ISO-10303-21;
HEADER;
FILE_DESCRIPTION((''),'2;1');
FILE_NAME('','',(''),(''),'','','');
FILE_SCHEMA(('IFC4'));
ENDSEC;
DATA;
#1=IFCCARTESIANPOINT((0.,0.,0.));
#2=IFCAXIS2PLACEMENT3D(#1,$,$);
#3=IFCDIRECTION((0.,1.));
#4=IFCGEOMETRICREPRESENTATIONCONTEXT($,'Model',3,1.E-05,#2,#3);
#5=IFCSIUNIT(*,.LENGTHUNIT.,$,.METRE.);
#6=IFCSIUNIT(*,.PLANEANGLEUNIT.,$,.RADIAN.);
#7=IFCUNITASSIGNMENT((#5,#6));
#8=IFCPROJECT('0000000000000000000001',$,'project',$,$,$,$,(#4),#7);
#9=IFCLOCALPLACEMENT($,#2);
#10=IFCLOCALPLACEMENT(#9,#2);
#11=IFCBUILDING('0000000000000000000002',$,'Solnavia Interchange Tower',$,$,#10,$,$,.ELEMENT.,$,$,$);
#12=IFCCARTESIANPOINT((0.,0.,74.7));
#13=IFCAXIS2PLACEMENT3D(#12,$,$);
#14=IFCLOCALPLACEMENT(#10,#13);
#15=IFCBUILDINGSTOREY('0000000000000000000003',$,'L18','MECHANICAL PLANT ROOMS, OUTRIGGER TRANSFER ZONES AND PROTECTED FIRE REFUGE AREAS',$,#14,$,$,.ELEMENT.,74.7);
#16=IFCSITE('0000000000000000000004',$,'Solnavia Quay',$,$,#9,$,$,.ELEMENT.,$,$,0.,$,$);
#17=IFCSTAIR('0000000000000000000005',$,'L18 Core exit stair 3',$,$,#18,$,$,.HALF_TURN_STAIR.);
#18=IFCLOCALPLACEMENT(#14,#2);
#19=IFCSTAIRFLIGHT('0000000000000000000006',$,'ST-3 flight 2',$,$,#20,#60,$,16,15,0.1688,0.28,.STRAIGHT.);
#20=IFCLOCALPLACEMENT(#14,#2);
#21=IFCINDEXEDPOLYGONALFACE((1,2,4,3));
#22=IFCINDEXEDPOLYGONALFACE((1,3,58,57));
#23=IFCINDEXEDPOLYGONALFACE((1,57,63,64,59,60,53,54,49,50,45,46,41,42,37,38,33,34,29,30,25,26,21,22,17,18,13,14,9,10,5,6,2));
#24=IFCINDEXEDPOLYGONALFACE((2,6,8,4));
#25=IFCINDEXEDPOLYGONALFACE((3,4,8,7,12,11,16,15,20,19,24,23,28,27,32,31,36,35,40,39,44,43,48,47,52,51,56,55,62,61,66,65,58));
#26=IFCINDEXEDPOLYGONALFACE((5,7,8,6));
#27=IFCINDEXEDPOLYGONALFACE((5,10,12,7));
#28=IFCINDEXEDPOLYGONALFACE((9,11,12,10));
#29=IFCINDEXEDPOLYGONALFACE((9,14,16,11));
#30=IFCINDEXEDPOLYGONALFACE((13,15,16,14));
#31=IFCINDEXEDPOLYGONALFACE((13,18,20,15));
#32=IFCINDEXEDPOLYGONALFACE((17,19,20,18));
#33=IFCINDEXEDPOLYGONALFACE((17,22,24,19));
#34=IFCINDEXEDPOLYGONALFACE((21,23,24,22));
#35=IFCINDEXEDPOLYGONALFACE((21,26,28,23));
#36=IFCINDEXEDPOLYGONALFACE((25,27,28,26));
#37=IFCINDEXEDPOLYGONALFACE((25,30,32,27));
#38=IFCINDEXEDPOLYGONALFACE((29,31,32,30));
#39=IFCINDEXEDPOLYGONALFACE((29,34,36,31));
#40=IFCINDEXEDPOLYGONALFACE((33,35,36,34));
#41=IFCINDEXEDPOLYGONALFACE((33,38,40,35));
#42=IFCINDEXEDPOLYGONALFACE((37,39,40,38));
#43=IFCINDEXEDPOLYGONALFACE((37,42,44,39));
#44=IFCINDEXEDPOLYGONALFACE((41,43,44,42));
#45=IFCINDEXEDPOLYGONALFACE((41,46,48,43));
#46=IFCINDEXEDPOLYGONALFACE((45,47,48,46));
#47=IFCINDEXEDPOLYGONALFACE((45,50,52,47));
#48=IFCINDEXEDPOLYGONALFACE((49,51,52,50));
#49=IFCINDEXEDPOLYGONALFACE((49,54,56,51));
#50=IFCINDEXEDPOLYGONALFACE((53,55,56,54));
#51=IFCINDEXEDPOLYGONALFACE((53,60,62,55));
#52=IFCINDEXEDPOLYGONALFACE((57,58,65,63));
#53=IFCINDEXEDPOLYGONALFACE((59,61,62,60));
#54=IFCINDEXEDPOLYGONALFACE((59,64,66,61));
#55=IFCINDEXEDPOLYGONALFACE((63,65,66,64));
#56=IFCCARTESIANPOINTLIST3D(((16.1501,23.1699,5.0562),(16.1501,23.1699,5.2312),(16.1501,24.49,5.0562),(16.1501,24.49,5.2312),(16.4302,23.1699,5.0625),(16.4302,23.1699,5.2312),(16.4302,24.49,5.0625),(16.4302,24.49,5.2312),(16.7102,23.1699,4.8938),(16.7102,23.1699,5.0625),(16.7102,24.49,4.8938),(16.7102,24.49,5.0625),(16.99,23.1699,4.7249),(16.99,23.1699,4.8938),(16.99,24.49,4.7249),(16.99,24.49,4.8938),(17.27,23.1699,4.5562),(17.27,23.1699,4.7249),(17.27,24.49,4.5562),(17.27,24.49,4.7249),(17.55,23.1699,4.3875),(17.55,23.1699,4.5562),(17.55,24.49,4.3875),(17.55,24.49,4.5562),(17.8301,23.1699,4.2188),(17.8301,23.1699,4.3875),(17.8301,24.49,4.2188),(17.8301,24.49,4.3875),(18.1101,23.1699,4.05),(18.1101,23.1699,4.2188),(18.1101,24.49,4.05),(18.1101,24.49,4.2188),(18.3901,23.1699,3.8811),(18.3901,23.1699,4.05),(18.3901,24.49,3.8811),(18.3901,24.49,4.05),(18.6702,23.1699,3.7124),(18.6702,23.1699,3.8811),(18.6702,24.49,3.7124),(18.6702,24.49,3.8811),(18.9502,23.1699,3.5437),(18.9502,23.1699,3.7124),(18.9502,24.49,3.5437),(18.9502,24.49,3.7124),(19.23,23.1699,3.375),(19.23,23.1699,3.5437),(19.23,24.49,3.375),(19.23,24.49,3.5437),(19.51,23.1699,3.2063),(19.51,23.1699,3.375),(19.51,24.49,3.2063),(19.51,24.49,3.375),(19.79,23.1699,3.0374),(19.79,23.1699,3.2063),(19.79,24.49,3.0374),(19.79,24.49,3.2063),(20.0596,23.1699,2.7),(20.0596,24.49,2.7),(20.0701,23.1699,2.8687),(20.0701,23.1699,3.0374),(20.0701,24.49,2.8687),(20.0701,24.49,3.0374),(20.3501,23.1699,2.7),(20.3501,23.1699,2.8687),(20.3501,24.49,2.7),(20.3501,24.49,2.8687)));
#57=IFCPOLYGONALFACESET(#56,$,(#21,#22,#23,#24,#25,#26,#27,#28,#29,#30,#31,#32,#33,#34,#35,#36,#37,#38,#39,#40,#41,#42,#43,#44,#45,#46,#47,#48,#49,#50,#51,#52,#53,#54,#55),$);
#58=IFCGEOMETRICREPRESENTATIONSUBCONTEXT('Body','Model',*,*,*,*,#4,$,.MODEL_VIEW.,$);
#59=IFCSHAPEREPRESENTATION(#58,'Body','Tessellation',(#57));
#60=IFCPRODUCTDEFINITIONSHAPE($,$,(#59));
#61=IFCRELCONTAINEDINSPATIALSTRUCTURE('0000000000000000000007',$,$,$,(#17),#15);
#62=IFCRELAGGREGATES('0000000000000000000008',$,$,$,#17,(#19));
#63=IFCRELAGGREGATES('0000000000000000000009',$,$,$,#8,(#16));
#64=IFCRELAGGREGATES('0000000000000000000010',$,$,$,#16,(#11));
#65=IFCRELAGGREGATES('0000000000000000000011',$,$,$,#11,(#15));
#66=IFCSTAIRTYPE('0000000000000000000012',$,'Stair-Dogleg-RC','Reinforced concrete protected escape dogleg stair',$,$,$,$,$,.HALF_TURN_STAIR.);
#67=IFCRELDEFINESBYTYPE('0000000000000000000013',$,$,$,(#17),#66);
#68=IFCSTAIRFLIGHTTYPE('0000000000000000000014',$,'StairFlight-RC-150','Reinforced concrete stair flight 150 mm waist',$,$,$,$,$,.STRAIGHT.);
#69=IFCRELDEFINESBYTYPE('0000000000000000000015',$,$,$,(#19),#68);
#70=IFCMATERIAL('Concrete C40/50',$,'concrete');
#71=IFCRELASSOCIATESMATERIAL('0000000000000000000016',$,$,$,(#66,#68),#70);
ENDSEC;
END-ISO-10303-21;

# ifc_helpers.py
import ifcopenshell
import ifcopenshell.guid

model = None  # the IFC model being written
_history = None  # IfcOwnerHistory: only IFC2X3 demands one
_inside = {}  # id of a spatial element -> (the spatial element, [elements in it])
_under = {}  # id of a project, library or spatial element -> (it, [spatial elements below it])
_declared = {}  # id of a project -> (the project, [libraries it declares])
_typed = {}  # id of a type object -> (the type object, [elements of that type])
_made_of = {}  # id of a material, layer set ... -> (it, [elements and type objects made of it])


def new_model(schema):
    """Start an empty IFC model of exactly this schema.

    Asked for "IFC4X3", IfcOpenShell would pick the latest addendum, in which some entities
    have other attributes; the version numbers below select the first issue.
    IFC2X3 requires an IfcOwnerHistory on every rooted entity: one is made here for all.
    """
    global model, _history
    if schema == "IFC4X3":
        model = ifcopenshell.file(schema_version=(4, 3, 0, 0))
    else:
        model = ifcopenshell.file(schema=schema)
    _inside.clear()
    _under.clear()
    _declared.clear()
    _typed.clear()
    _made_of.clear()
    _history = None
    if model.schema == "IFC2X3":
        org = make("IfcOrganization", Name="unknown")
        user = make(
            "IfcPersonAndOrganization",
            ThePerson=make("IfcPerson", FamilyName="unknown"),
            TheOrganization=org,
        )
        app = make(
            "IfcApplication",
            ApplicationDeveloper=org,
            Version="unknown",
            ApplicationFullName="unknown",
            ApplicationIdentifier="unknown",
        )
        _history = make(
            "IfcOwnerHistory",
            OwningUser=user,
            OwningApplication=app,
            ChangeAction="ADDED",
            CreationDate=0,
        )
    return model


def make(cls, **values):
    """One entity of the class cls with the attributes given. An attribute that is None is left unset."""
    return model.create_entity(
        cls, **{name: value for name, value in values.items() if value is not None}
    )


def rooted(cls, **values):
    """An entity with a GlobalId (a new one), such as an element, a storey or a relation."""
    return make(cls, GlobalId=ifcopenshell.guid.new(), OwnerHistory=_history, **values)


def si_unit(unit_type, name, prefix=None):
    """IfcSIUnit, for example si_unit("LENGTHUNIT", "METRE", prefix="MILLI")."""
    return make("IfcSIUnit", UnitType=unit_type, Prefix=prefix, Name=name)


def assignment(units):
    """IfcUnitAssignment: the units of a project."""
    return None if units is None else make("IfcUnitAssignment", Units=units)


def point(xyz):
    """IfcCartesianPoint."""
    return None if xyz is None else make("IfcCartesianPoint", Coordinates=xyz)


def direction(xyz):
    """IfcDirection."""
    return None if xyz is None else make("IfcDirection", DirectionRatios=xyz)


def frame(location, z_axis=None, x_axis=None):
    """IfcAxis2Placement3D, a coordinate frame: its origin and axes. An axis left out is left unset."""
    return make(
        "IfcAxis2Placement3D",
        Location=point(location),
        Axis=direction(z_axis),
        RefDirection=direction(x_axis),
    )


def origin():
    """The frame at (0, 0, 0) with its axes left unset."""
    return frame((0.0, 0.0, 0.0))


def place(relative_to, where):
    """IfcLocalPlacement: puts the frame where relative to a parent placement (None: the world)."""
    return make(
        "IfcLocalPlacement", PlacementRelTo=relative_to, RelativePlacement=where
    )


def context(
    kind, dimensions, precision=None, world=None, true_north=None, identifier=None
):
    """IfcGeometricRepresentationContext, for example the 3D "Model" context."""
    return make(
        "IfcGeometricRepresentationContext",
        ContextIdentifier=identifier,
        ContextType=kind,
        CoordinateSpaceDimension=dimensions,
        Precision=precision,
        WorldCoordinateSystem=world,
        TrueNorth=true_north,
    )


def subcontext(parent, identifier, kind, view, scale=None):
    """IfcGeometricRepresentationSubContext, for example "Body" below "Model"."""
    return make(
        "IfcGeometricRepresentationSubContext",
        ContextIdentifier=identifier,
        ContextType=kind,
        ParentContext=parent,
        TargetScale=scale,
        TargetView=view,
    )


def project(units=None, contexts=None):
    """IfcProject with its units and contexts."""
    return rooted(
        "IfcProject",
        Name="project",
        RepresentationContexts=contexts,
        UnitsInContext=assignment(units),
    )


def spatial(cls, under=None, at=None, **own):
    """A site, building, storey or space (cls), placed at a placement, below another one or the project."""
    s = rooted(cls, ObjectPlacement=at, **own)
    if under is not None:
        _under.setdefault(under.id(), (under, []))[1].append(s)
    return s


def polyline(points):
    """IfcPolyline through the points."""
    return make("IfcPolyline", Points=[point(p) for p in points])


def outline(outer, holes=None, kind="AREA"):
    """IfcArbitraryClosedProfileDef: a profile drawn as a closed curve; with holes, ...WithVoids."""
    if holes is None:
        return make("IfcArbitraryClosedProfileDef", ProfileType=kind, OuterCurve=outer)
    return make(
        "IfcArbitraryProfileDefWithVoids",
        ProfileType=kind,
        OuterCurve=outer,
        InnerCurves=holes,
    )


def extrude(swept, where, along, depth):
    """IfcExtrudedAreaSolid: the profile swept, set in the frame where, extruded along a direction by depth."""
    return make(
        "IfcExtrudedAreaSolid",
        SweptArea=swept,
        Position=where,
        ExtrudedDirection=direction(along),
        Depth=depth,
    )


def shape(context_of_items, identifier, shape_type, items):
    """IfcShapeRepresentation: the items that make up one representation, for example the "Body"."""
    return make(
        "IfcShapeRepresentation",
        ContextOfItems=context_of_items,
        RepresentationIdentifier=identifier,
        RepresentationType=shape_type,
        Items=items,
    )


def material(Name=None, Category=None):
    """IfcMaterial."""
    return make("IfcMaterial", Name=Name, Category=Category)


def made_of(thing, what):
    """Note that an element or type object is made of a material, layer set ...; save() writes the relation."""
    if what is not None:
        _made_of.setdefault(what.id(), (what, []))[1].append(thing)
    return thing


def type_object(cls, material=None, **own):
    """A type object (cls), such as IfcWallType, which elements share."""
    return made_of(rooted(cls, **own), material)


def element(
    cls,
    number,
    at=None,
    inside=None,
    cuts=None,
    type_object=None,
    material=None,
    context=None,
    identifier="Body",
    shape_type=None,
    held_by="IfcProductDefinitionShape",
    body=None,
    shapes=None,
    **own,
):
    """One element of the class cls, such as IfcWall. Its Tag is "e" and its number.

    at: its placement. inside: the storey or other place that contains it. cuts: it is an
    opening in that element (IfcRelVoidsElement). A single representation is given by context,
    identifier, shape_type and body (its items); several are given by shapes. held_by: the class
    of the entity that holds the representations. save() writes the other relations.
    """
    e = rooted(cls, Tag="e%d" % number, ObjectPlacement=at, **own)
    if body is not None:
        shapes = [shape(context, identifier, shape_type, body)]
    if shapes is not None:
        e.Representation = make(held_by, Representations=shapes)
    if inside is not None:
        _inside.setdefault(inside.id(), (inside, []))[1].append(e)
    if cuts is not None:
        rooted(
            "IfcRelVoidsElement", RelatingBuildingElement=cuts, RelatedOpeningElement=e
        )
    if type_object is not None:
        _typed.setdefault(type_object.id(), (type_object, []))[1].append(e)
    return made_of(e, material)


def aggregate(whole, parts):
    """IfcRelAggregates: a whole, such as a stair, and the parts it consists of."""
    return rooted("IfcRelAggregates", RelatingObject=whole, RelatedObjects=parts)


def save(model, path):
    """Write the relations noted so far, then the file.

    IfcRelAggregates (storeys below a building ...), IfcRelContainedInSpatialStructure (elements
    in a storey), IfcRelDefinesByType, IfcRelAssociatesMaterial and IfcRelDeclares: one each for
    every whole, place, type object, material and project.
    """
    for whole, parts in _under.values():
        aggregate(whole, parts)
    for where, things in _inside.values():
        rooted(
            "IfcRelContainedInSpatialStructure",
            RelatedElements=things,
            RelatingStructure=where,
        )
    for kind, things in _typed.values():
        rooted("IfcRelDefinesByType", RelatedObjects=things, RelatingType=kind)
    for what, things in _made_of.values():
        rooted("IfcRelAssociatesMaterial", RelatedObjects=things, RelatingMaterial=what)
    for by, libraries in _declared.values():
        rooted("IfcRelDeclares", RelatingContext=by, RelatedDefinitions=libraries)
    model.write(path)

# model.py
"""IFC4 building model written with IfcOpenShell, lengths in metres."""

from ifc_helpers import new_model, si_unit, direction, frame, origin, place, context, subcontext, project, spatial, polyline, outline, extrude, material, type_object, element, aggregate, save


model = new_model("IFC4")

# Units and contexts
model_context = context("Model", 3, precision=1e-05, world=origin(), true_north=direction((0.0, 1.0)))
body_context = subcontext(model_context, "Body", "Model", "MODEL_VIEW")
ifc_project = project(units=[si_unit("LENGTHUNIT", "METRE"), si_unit("PLANEANGLEUNIT", "RADIAN")], contexts=[model_context])

# Site, building, storey
site_placement = place(None, origin())
site = spatial("IfcSite", under=ifc_project, at=site_placement, Name="Solnavia Quay", CompositionType="ELEMENT", RefElevation=0.0)
building_placement = place(site_placement, origin())
building = spatial("IfcBuilding", under=site, at=building_placement, Name="Solnavia Interchange Tower", CompositionType="ELEMENT")
storey_placement = place(building_placement, frame((0.0, 0.0, 74.7)))
storey = spatial("IfcBuildingStorey", under=building, at=storey_placement, Name="L18", Description="MECHANICAL PLANT ROOMS, OUTRIGGER TRANSFER ZONES AND PROTECTED FIRE REFUGE AREAS", CompositionType="ELEMENT", Elevation=74.7)

# Shared definitions
ifc_material_1 = material(Name="Concrete C40/50", Category="concrete")

# Stair, stair flight
stair_type = type_object("IfcStairType", Name="Stair-Dogleg-RC", Description="Reinforced concrete protected escape dogleg stair", PredefinedType="HALF_TURN_STAIR", material=ifc_material_1)
stair_placement = place(storey_placement, origin())
stair = element("IfcStair", 1, at=stair_placement, inside=storey, type_object=stair_type, Name="L18 Core exit stair 3", PredefinedType="HALF_TURN_STAIR")
stair_flight_type = type_object("IfcStairFlightType", Name="StairFlight-RC-150", Description="Reinforced concrete stair flight 150 mm waist", PredefinedType="STRAIGHT", material=ifc_material_1)
stair_flight_1_placement = place(storey_placement, frame((20.3501, 23.8301, 2.7), z_axis=(0.0, 0.0, 1.0), x_axis=(-1.0, 0.0, 0.0)))
stair_flight_1 = element("IfcStairFlight", 2, at=stair_flight_1_placement, type_object=stair_flight_type, Name="ST-3 flight 2", NumberOfRisers=16, NumberOfTreads=15, PredefinedType="STRAIGHT", RiserHeight=0.1688, TreadLength=0.28, context=body_context, shape_type="SweptSolid", body=[
    extrude(outline(polyline([(0.0, 0.0), (0.0, 0.1687), (0.28, 0.1687), (0.28, 0.3374), (0.5601, 0.3374), (0.5601, 0.5063), (0.8401, 0.5063), (0.8401, 0.675), (1.1201, 0.675), (1.1201, 0.8438), (1.3999, 0.8438), (1.3999, 1.0125), (1.6799, 1.0125), (1.6799, 1.1812), (1.96, 1.1812), (1.96, 1.3501), (2.24, 1.3501), (2.24, 1.5188), (2.52, 1.5188), (2.52, 1.6875), (2.8, 1.6875), (2.8, 1.8562), (3.0801, 1.8562), (3.0801, 2.0249), (3.3601, 2.0249), (3.3601, 2.1938), (3.6399, 2.1938), (3.6399, 2.3625), (3.9199, 2.3625), (3.9199, 2.5312), (4.2, 2.5312), (4.2, 2.7), (4.2, 2.3562), (0.2905, 0.0), (0.0, 0.0)])), frame((0.0, 0.6602, 0.0), z_axis=(0.0, -1.0, 0.0), x_axis=(1.0, 0.0, 0.0)), (0.0, 0.0, 1.0), 1.3201),
])
aggregate(stair, [stair_flight_1])

save(model, "model.ifc")
